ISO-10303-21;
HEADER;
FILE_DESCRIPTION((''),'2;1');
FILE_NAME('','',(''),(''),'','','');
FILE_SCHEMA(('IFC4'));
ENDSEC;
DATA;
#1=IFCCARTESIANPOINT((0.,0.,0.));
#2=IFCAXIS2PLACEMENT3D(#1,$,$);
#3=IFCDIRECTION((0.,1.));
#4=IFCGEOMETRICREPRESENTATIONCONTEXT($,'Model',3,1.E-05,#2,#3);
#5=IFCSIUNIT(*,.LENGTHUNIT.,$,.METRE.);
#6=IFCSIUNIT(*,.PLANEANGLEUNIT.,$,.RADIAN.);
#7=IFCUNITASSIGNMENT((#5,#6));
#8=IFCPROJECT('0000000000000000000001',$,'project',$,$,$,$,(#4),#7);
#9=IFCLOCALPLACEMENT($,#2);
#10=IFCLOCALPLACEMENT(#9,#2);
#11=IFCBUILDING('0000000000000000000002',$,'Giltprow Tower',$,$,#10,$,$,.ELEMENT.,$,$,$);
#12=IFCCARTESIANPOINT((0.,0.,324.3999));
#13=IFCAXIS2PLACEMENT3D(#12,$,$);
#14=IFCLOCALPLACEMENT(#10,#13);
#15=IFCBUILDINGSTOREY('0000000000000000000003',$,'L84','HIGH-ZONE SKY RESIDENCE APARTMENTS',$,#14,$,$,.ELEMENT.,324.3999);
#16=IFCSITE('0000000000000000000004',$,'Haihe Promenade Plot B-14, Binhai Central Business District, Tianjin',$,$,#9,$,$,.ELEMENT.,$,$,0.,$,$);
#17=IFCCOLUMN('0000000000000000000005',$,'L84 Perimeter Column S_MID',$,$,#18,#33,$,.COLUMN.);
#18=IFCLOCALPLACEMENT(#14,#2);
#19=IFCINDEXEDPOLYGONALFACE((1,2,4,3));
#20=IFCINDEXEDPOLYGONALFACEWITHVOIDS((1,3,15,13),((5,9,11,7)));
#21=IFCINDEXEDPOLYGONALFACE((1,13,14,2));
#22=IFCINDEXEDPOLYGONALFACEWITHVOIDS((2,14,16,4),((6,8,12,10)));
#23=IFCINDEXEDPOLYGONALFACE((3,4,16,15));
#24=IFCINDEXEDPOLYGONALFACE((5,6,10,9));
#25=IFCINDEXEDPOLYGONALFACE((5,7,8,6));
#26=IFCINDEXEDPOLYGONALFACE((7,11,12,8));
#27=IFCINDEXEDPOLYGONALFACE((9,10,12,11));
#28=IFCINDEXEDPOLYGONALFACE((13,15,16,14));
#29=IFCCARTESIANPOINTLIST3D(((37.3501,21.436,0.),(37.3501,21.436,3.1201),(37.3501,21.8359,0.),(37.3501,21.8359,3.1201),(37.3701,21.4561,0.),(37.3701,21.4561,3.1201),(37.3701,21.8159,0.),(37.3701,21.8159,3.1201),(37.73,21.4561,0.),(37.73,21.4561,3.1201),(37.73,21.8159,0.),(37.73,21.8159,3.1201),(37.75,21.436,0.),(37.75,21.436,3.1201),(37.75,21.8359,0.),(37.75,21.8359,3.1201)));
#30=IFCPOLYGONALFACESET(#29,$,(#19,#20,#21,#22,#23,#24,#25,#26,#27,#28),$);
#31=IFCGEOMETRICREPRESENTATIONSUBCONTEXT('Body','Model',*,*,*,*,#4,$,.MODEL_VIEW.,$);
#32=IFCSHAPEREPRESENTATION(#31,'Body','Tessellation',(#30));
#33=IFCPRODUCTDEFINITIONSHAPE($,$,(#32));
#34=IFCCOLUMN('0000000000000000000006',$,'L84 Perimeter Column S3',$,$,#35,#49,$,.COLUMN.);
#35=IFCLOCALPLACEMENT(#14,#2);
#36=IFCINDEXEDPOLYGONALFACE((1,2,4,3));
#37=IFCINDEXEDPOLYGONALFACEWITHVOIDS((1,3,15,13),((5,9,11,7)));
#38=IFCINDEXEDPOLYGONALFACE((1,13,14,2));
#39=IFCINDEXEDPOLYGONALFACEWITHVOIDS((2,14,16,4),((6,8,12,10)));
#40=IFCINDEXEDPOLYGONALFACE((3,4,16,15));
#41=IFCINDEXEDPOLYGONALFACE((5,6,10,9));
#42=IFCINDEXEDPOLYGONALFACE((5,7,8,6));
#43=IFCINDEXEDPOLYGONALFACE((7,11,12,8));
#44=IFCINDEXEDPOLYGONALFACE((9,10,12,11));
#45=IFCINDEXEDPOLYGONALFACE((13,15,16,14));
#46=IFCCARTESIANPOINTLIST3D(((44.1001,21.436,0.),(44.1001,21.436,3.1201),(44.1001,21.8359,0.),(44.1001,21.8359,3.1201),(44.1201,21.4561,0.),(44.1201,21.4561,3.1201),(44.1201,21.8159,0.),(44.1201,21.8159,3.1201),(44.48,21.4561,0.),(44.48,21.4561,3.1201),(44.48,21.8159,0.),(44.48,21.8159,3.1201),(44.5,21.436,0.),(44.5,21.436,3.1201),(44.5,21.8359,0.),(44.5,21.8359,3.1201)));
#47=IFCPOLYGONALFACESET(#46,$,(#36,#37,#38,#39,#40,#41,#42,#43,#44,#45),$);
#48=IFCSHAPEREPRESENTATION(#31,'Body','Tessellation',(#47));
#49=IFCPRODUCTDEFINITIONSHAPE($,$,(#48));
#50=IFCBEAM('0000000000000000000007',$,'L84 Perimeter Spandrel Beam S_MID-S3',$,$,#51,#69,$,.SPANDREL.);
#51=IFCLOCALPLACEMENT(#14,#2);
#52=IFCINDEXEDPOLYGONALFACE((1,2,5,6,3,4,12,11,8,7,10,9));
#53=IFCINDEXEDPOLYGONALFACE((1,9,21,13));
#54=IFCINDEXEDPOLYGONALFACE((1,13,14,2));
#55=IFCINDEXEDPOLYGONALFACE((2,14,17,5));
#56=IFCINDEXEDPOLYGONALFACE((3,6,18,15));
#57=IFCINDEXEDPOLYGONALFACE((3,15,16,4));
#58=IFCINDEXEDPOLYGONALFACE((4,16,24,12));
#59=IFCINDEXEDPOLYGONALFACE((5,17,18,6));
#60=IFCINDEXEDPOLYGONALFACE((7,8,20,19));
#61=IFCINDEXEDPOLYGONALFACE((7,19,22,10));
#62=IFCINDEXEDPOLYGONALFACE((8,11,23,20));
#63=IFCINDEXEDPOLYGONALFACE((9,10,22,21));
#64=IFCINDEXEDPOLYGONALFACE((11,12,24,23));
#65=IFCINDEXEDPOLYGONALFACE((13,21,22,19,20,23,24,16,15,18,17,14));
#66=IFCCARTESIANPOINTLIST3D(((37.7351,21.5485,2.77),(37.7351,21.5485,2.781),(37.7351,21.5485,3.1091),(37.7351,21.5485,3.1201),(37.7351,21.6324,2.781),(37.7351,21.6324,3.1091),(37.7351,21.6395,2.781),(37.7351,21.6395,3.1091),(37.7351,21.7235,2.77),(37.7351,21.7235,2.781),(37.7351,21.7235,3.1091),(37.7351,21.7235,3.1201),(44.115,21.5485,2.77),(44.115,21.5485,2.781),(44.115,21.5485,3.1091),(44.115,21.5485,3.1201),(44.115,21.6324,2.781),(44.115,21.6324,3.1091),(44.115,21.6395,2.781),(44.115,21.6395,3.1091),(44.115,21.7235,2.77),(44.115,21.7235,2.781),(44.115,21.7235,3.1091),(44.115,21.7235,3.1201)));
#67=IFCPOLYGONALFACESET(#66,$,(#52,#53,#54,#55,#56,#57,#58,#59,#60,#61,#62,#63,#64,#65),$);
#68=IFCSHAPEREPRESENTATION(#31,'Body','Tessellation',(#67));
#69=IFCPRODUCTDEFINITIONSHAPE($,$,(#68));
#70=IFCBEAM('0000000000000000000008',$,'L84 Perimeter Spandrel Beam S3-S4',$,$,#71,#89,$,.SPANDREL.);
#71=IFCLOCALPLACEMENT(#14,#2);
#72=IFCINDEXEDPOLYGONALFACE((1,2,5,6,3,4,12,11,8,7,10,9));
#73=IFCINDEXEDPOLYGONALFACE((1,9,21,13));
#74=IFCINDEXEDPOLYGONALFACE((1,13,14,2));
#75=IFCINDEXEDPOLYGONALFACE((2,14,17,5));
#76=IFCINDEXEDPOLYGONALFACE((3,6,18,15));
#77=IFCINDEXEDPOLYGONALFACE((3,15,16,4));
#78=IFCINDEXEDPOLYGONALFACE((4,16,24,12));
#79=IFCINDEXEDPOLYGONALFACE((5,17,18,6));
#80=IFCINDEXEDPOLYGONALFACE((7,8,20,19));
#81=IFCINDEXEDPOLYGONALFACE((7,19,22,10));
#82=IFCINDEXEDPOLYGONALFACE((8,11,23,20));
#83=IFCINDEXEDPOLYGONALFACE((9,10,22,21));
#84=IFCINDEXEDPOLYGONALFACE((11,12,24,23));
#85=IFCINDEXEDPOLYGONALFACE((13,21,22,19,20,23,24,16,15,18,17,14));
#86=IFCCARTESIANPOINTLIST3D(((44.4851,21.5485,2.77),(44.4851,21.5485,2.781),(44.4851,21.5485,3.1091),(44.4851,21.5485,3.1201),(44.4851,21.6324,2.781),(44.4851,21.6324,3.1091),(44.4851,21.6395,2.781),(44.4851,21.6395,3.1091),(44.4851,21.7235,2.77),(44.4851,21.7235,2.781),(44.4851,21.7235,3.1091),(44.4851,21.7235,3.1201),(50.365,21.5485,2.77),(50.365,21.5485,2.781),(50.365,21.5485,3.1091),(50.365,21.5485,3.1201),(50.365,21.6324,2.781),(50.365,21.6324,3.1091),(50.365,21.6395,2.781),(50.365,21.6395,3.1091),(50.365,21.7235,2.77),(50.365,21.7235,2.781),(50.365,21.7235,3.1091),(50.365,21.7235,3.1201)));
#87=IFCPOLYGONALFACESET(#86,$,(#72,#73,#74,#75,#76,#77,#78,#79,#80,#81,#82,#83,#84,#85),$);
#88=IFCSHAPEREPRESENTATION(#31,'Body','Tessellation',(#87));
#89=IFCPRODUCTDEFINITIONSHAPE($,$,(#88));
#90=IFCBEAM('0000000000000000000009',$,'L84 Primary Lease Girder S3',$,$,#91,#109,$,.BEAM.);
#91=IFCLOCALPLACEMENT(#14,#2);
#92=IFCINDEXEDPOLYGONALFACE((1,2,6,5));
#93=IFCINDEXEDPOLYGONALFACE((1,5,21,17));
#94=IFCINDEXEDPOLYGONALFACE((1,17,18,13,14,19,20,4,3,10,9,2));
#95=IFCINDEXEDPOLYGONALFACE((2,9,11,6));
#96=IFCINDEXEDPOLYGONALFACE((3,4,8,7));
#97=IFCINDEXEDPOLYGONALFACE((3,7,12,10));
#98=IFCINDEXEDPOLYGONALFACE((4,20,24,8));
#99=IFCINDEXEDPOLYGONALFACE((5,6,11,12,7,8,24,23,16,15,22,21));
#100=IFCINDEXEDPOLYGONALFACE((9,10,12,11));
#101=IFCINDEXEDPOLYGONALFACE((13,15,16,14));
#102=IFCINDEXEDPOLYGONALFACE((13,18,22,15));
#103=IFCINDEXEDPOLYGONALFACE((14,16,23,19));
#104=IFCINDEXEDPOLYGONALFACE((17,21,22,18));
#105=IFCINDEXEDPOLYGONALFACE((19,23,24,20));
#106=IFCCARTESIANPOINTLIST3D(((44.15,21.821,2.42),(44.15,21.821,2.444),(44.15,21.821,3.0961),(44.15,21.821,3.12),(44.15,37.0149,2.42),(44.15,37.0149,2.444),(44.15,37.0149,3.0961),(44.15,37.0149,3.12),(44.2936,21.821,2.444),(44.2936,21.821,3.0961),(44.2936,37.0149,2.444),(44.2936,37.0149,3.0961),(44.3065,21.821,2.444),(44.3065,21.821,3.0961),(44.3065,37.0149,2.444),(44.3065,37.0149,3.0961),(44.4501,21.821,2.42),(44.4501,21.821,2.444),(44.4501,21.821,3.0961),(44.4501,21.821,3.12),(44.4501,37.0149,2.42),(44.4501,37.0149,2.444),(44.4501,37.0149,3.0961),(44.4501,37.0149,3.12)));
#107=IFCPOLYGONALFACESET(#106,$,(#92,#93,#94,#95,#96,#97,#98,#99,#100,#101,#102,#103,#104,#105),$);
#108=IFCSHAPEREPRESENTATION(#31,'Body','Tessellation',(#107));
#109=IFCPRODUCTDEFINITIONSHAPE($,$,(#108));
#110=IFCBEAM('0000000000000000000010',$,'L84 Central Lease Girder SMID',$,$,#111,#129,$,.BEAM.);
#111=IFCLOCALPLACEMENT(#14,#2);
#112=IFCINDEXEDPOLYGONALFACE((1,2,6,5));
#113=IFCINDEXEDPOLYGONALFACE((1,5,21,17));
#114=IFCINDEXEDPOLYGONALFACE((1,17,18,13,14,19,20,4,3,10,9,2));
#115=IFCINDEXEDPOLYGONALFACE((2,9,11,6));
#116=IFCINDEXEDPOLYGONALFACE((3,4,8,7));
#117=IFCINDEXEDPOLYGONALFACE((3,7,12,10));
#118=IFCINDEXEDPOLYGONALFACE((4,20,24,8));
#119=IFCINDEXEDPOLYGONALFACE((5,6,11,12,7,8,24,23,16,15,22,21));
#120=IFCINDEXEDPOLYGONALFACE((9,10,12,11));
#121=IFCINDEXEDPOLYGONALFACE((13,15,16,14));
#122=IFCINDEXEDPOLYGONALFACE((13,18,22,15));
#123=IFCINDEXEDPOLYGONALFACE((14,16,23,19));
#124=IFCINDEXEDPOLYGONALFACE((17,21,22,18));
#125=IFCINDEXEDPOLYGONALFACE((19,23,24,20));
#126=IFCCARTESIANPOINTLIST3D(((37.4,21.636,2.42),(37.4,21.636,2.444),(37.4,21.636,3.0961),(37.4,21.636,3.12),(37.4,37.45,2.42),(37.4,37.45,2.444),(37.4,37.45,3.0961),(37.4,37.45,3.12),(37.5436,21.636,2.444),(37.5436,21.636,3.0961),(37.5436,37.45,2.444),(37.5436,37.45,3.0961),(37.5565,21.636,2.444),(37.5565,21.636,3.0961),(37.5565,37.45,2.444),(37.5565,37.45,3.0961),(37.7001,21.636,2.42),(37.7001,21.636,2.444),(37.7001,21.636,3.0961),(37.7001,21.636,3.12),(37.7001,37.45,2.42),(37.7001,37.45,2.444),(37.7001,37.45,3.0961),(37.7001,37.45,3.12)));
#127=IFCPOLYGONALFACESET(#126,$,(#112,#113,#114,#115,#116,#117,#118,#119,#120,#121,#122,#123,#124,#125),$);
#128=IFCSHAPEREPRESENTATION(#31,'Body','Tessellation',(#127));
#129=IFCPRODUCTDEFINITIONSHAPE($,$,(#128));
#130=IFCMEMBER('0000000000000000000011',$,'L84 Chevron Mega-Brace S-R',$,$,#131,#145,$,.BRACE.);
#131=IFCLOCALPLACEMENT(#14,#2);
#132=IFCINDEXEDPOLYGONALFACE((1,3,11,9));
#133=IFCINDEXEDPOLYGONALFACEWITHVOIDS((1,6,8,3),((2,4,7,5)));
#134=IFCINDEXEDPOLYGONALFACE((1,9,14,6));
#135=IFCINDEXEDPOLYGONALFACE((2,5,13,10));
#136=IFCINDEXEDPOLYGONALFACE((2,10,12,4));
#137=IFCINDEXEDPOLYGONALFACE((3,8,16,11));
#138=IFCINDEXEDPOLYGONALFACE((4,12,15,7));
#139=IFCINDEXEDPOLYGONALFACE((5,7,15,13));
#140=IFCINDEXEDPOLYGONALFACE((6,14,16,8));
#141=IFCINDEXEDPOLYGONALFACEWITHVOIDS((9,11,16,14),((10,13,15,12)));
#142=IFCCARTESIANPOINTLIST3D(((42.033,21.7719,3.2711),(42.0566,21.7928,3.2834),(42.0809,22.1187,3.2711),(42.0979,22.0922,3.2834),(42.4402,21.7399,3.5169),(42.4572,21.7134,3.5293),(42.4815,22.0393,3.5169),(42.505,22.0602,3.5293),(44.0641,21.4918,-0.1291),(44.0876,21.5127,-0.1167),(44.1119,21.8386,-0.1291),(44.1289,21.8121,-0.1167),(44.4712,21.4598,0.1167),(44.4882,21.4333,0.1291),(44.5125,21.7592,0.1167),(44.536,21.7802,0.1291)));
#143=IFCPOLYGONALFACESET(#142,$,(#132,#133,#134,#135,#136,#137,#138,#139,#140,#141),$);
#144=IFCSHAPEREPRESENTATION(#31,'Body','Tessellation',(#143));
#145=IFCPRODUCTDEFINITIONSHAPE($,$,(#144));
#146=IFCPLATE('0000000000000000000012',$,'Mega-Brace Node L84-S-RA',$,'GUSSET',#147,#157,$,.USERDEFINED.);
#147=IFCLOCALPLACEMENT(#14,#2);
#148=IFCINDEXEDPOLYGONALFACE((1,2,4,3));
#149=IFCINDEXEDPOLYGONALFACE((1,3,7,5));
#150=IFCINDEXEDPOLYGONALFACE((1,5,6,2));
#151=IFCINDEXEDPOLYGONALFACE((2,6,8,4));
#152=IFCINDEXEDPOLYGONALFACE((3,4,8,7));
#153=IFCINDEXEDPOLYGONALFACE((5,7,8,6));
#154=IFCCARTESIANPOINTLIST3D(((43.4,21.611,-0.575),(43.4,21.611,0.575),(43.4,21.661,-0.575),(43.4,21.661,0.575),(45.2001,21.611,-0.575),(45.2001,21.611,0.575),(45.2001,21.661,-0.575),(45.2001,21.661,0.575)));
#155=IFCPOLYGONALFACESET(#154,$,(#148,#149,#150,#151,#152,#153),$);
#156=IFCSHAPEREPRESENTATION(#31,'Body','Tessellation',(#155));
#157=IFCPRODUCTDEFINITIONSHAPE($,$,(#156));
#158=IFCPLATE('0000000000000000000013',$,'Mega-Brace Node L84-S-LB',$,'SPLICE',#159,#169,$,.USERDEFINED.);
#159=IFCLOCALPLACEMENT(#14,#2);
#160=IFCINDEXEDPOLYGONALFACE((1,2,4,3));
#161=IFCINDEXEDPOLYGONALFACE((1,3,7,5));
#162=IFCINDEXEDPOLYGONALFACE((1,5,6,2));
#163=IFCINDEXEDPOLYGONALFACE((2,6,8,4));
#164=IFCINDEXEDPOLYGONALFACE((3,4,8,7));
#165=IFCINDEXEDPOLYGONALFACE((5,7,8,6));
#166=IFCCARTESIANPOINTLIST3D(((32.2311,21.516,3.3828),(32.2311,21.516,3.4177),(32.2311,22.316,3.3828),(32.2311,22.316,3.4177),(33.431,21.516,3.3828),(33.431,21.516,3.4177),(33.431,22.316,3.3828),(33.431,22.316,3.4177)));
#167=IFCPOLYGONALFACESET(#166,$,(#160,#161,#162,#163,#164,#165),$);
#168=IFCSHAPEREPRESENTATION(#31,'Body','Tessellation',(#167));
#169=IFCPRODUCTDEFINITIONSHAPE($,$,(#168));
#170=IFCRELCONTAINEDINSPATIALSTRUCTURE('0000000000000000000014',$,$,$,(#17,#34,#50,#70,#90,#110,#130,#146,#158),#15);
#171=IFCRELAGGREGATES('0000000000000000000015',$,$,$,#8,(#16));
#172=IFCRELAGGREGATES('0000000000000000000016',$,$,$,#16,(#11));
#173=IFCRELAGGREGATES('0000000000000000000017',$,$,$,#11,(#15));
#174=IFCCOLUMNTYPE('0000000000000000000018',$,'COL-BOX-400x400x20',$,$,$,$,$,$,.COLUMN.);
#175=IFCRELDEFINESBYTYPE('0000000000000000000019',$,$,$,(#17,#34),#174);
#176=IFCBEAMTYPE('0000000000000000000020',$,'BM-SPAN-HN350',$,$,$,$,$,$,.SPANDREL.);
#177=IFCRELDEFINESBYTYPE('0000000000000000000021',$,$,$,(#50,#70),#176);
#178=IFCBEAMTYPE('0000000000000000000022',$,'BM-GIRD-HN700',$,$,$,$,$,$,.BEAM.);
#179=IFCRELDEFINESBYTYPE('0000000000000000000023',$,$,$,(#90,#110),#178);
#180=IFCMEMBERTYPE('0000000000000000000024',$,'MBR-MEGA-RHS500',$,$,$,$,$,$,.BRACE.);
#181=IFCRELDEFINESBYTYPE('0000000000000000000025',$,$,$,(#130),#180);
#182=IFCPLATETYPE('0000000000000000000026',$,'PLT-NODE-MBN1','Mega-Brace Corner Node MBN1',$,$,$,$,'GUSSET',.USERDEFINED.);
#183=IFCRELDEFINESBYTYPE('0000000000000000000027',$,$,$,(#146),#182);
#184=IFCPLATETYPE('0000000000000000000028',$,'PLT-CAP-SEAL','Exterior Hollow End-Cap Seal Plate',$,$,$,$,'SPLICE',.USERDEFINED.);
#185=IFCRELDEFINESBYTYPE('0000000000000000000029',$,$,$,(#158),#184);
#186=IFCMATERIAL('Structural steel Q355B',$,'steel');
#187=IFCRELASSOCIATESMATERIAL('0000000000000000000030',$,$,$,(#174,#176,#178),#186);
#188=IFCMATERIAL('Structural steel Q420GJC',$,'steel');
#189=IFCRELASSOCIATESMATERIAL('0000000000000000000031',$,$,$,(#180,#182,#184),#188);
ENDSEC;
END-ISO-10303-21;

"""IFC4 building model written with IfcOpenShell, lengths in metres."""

from ifc_helpers import new_model, si_unit, direction, frame, origin, origin_2d, place, context, subcontext, project, spatial, rectangle, hollow_rectangle, i_section, extrude, source, transform, mapped, material, material_profile, profile_set, type_object, element, save


model = new_model("IFC4")

# Units and contexts
model_context = context("Model", 3, precision=1e-05, world=origin(), true_north=direction((0.0, 1.0)))
body_context = subcontext(model_context, "Body", "Model", "MODEL_VIEW")
ifc_project = project(units=[si_unit("LENGTHUNIT", "METRE"), si_unit("PLANEANGLEUNIT", "RADIAN")], contexts=[model_context])

# Site, building, storey
site_placement = place(None, origin())
site = spatial("IfcSite", under=ifc_project, at=site_placement, Name="Haihe Promenade Plot B-14, Binhai Central Business District, Tianjin", CompositionType="ELEMENT", RefElevation=0.0)
building_placement = place(site_placement, origin())
building = spatial("IfcBuilding", under=site, at=building_placement, Name="Giltprow Tower", CompositionType="ELEMENT")
storey_placement = place(building_placement, frame((0.0, 0.0, 324.3999)))
storey = spatial("IfcBuildingStorey", under=building, at=storey_placement, Name="L84", Description="HIGH-ZONE SKY RESIDENCE APARTMENTS", CompositionType="ELEMENT", Elevation=324.3999)

# Columns
ifc_material_1 = material(Name="Structural steel Q355B", Category="steel")
ifc_material_profile_1 = material_profile(ifc_material_1, hollow_rectangle(XDim=0.3999, YDim=0.3999, WallThickness=0.02, at=origin_2d()), Name="BOX 400x400x20")
ifc_profile_set_1 = profile_set([ifc_material_profile_1], Name="Structural steel Q355B")
column_type = type_object("IfcColumnType", Name="COL-BOX-400x400x20", PredefinedType="COLUMN", material=ifc_profile_set_1)
shared_shape_1 = source(origin(), body_context, "Body", "SweptSolid", [
    extrude(hollow_rectangle(XDim=0.3999, YDim=0.3999, WallThickness=0.02, at=origin_2d()), origin(), (0.0, 0.0, 1.0), 3.1201),
])
for number, where, z_axis, x_axis, name in (
    (1, (37.55, 21.636, 0.0), (0.0, 0.0, 1.0), (1.0, 0.0, 0.0), "L84 Perimeter Column S_MID"),
    (2, (44.3, 21.636, 0.0), (0.0, 0.0, 1.0), (1.0, 0.0, 0.0), "L84 Perimeter Column S3"),
):
    element("IfcColumn", number, at=place(storey_placement, frame(where, z_axis=z_axis, x_axis=x_axis)), inside=storey, type_object=column_type, Name=name, PredefinedType="COLUMN", context=body_context, shape_type="MappedRepresentation", body=[
        mapped(shared_shape_1, transform((0.0, 0.0, 0.0), x_axis=(1.0, 0.0, 0.0), y_axis=(0.0, 1.0, 0.0), z_axis=(0.0, 0.0, 1.0), scale=1.0)),
    ])

# Beams
ifc_material_profile_2 = material_profile(ifc_material_1, i_section(OverallWidth=0.175, OverallDepth=0.3501, WebThickness=0.0071, FlangeThickness=0.011, at=origin_2d()), Name="HN 350x175x7x11")
ifc_profile_set_2 = profile_set([ifc_material_profile_2], Name="Structural steel Q355B")
beam_type_1 = type_object("IfcBeamType", Name="BM-SPAN-HN350", PredefinedType="SPANDREL", material=ifc_profile_set_2)
shared_shape_2 = source(origin(), body_context, "Body", "SweptSolid", [
    extrude(i_section(OverallWidth=0.175, OverallDepth=0.3501, WebThickness=0.0071, FlangeThickness=0.011, at=origin_2d()), origin(), (0.0, 0.0, 1.0), 6.3799),
])
beam_1_placement = place(storey_placement, frame((37.7351, 21.636, 2.9451), z_axis=(1.0, 0.0, 0.0), x_axis=(0.0, 1.0, 0.0)))
element("IfcBeam", 3, at=beam_1_placement, inside=storey, type_object=beam_type_1, Name="L84 Perimeter Spandrel Beam S_MID-S3", PredefinedType="SPANDREL", context=body_context, shape_type="MappedRepresentation", body=[
    mapped(shared_shape_2, transform((0.0, 0.0, 0.0), x_axis=(1.0, 0.0, 0.0), y_axis=(0.0, 1.0, 0.0), z_axis=(0.0, 0.0, 1.0), scale=1.0)),
])
shared_shape_3 = source(origin(), body_context, "Body", "SweptSolid", [
    extrude(i_section(OverallWidth=0.175, OverallDepth=0.3501, WebThickness=0.0071, FlangeThickness=0.011, at=origin_2d()), origin(), (0.0, 0.0, 1.0), 5.8799),
])
beam_2_placement = place(storey_placement, frame((44.4851, 21.636, 2.9451), z_axis=(1.0, 0.0, 0.0), x_axis=(0.0, 1.0, 0.0)))
element("IfcBeam", 4, at=beam_2_placement, inside=storey, type_object=beam_type_1, Name="L84 Perimeter Spandrel Beam S3-S4", PredefinedType="SPANDREL", context=body_context, shape_type="MappedRepresentation", body=[
    mapped(shared_shape_3, transform((0.0, 0.0, 0.0), x_axis=(1.0, 0.0, 0.0), y_axis=(0.0, 1.0, 0.0), z_axis=(0.0, 0.0, 1.0), scale=1.0)),
])
ifc_material_profile_3 = material_profile(ifc_material_1, i_section(OverallWidth=0.3, OverallDepth=0.7, WebThickness=0.0129, FlangeThickness=0.0239, at=origin_2d()), Name="HN 700x300x13x24")
ifc_profile_set_3 = profile_set([ifc_material_profile_3], Name="Structural steel Q355B")
beam_type_2 = type_object("IfcBeamType", Name="BM-GIRD-HN700", PredefinedType="BEAM", material=ifc_profile_set_3)
shared_shape_4 = source(origin(), body_context, "Body", "SweptSolid", [
    extrude(i_section(OverallWidth=0.3, OverallDepth=0.7, WebThickness=0.0129, FlangeThickness=0.0239, at=origin_2d()), origin(), (0.0, 0.0, 1.0), 15.1938),
])
beam_3_placement = place(storey_placement, frame((44.3, 21.821, 2.77), z_axis=(0.0, 1.0, 0.0), x_axis=(-1.0, 0.0, 0.0)))
element("IfcBeam", 5, at=beam_3_placement, inside=storey, type_object=beam_type_2, Name="L84 Primary Lease Girder S3", PredefinedType="BEAM", context=body_context, shape_type="MappedRepresentation", body=[
    mapped(shared_shape_4, transform((0.0, 0.0, 0.0), x_axis=(1.0, 0.0, 0.0), y_axis=(0.0, 1.0, 0.0), z_axis=(0.0, 0.0, 1.0), scale=1.0)),
])
shared_shape_5 = source(origin(), body_context, "Body", "SweptSolid", [
    extrude(i_section(OverallWidth=0.3, OverallDepth=0.7, WebThickness=0.0129, FlangeThickness=0.0239, at=origin_2d()), origin(), (0.0, 0.0, 1.0), 15.814),
])
beam_4_placement = place(storey_placement, frame((37.55, 21.636, 2.77), z_axis=(0.0, 1.0, 0.0), x_axis=(-1.0, 0.0, 0.0)))
element("IfcBeam", 6, at=beam_4_placement, inside=storey, type_object=beam_type_2, Name="L84 Central Lease Girder SMID", PredefinedType="BEAM", context=body_context, shape_type="MappedRepresentation", body=[
    mapped(shared_shape_5, transform((0.0, 0.0, 0.0), x_axis=(1.0, 0.0, 0.0), y_axis=(0.0, 1.0, 0.0), z_axis=(0.0, 0.0, 1.0), scale=1.0)),
])

# Member
ifc_material_2 = material(Name="Structural steel Q420GJC", Category="steel")
ifc_material_profile_4 = material_profile(ifc_material_2, hollow_rectangle(XDim=0.3501, YDim=0.5, WallThickness=0.0239, at=origin_2d()), Name="RHS 500x350x24")
ifc_profile_set_4 = profile_set([ifc_material_profile_4], Name="Structural steel Q420GJC")
member_type = type_object("IfcMemberType", Name="MBR-MEGA-RHS500", PredefinedType="BRACE", material=ifc_profile_set_4)
shared_shape_6 = source(origin(), body_context, "Body", "SweptSolid", [
    extrude(hollow_rectangle(XDim=0.3501, YDim=0.5, WallThickness=0.0239, at=origin_2d()), origin(), (0.0, 0.0, 1.0), 3.9705),
])
member_placement = place(storey_placement, frame((44.3, 21.636, 0.0), z_axis=(-0.511532, 0.070529, 0.856365), x_axis=(-0.136585, -0.990628, 0.0)))
element("IfcMember", 7, at=member_placement, inside=storey, type_object=member_type, Name="L84 Chevron Mega-Brace S-R", PredefinedType="BRACE", context=body_context, shape_type="MappedRepresentation", body=[
    mapped(shared_shape_6, transform((0.0, 0.0, 0.0), x_axis=(1.0, 0.0, 0.0), y_axis=(0.0, 1.0, 0.0), z_axis=(0.0, 0.0, 1.0), scale=1.0)),
])

# Plates
plate_type_1 = type_object("IfcPlateType", Name="PLT-NODE-MBN1", Description="Mega-Brace Corner Node MBN1", ElementType="GUSSET", PredefinedType="USERDEFINED", material=ifc_material_2)
shared_shape_7 = source(origin(), body_context, "Body", "SweptSolid", [
    extrude(rectangle(XDim=1.8, YDim=0.05, at=origin_2d()), origin(), (0.0, 0.0, 1.0), 1.1499),
])
plate_1_placement = place(storey_placement, frame((44.3, 21.636, -0.575), z_axis=(0.0, 0.0, 1.0), x_axis=(1.0, 0.0, 0.0)))
element("IfcPlate", 8, at=plate_1_placement, inside=storey, type_object=plate_type_1, Name="Mega-Brace Node L84-S-RA", ObjectType="GUSSET", PredefinedType="USERDEFINED", context=body_context, shape_type="MappedRepresentation", body=[
    mapped(shared_shape_7, transform((0.0, 0.0, 0.0), x_axis=(1.0, 0.0, 0.0), y_axis=(0.0, 1.0, 0.0), z_axis=(0.0, 0.0, 1.0), scale=1.0)),
])
plate_type_2 = type_object("IfcPlateType", Name="PLT-CAP-SEAL", Description="Exterior Hollow End-Cap Seal Plate", ElementType="SPLICE", PredefinedType="USERDEFINED", material=ifc_material_2)
shared_shape_8 = source(origin(), body_context, "Body", "SweptSolid", [
    extrude(rectangle(XDim=1.2, YDim=0.8, at=origin_2d()), origin(), (0.0, 0.0, 1.0), 0.0349),
])
plate_2_placement = place(storey_placement, frame((32.8311, 21.916, 3.3828), z_axis=(0.0, 0.0, 1.0), x_axis=(1.0, 0.0, 0.0)))
element("IfcPlate", 9, at=plate_2_placement, inside=storey, type_object=plate_type_2, Name="Mega-Brace Node L84-S-LB", ObjectType="SPLICE", PredefinedType="USERDEFINED", context=body_context, shape_type="MappedRepresentation", body=[
    mapped(shared_shape_8, transform((0.0, 0.0, 0.0), x_axis=(1.0, 0.0, 0.0), y_axis=(0.0, 1.0, 0.0), z_axis=(0.0, 0.0, 1.0), scale=1.0)),
])

save(model, "model.ifc")
